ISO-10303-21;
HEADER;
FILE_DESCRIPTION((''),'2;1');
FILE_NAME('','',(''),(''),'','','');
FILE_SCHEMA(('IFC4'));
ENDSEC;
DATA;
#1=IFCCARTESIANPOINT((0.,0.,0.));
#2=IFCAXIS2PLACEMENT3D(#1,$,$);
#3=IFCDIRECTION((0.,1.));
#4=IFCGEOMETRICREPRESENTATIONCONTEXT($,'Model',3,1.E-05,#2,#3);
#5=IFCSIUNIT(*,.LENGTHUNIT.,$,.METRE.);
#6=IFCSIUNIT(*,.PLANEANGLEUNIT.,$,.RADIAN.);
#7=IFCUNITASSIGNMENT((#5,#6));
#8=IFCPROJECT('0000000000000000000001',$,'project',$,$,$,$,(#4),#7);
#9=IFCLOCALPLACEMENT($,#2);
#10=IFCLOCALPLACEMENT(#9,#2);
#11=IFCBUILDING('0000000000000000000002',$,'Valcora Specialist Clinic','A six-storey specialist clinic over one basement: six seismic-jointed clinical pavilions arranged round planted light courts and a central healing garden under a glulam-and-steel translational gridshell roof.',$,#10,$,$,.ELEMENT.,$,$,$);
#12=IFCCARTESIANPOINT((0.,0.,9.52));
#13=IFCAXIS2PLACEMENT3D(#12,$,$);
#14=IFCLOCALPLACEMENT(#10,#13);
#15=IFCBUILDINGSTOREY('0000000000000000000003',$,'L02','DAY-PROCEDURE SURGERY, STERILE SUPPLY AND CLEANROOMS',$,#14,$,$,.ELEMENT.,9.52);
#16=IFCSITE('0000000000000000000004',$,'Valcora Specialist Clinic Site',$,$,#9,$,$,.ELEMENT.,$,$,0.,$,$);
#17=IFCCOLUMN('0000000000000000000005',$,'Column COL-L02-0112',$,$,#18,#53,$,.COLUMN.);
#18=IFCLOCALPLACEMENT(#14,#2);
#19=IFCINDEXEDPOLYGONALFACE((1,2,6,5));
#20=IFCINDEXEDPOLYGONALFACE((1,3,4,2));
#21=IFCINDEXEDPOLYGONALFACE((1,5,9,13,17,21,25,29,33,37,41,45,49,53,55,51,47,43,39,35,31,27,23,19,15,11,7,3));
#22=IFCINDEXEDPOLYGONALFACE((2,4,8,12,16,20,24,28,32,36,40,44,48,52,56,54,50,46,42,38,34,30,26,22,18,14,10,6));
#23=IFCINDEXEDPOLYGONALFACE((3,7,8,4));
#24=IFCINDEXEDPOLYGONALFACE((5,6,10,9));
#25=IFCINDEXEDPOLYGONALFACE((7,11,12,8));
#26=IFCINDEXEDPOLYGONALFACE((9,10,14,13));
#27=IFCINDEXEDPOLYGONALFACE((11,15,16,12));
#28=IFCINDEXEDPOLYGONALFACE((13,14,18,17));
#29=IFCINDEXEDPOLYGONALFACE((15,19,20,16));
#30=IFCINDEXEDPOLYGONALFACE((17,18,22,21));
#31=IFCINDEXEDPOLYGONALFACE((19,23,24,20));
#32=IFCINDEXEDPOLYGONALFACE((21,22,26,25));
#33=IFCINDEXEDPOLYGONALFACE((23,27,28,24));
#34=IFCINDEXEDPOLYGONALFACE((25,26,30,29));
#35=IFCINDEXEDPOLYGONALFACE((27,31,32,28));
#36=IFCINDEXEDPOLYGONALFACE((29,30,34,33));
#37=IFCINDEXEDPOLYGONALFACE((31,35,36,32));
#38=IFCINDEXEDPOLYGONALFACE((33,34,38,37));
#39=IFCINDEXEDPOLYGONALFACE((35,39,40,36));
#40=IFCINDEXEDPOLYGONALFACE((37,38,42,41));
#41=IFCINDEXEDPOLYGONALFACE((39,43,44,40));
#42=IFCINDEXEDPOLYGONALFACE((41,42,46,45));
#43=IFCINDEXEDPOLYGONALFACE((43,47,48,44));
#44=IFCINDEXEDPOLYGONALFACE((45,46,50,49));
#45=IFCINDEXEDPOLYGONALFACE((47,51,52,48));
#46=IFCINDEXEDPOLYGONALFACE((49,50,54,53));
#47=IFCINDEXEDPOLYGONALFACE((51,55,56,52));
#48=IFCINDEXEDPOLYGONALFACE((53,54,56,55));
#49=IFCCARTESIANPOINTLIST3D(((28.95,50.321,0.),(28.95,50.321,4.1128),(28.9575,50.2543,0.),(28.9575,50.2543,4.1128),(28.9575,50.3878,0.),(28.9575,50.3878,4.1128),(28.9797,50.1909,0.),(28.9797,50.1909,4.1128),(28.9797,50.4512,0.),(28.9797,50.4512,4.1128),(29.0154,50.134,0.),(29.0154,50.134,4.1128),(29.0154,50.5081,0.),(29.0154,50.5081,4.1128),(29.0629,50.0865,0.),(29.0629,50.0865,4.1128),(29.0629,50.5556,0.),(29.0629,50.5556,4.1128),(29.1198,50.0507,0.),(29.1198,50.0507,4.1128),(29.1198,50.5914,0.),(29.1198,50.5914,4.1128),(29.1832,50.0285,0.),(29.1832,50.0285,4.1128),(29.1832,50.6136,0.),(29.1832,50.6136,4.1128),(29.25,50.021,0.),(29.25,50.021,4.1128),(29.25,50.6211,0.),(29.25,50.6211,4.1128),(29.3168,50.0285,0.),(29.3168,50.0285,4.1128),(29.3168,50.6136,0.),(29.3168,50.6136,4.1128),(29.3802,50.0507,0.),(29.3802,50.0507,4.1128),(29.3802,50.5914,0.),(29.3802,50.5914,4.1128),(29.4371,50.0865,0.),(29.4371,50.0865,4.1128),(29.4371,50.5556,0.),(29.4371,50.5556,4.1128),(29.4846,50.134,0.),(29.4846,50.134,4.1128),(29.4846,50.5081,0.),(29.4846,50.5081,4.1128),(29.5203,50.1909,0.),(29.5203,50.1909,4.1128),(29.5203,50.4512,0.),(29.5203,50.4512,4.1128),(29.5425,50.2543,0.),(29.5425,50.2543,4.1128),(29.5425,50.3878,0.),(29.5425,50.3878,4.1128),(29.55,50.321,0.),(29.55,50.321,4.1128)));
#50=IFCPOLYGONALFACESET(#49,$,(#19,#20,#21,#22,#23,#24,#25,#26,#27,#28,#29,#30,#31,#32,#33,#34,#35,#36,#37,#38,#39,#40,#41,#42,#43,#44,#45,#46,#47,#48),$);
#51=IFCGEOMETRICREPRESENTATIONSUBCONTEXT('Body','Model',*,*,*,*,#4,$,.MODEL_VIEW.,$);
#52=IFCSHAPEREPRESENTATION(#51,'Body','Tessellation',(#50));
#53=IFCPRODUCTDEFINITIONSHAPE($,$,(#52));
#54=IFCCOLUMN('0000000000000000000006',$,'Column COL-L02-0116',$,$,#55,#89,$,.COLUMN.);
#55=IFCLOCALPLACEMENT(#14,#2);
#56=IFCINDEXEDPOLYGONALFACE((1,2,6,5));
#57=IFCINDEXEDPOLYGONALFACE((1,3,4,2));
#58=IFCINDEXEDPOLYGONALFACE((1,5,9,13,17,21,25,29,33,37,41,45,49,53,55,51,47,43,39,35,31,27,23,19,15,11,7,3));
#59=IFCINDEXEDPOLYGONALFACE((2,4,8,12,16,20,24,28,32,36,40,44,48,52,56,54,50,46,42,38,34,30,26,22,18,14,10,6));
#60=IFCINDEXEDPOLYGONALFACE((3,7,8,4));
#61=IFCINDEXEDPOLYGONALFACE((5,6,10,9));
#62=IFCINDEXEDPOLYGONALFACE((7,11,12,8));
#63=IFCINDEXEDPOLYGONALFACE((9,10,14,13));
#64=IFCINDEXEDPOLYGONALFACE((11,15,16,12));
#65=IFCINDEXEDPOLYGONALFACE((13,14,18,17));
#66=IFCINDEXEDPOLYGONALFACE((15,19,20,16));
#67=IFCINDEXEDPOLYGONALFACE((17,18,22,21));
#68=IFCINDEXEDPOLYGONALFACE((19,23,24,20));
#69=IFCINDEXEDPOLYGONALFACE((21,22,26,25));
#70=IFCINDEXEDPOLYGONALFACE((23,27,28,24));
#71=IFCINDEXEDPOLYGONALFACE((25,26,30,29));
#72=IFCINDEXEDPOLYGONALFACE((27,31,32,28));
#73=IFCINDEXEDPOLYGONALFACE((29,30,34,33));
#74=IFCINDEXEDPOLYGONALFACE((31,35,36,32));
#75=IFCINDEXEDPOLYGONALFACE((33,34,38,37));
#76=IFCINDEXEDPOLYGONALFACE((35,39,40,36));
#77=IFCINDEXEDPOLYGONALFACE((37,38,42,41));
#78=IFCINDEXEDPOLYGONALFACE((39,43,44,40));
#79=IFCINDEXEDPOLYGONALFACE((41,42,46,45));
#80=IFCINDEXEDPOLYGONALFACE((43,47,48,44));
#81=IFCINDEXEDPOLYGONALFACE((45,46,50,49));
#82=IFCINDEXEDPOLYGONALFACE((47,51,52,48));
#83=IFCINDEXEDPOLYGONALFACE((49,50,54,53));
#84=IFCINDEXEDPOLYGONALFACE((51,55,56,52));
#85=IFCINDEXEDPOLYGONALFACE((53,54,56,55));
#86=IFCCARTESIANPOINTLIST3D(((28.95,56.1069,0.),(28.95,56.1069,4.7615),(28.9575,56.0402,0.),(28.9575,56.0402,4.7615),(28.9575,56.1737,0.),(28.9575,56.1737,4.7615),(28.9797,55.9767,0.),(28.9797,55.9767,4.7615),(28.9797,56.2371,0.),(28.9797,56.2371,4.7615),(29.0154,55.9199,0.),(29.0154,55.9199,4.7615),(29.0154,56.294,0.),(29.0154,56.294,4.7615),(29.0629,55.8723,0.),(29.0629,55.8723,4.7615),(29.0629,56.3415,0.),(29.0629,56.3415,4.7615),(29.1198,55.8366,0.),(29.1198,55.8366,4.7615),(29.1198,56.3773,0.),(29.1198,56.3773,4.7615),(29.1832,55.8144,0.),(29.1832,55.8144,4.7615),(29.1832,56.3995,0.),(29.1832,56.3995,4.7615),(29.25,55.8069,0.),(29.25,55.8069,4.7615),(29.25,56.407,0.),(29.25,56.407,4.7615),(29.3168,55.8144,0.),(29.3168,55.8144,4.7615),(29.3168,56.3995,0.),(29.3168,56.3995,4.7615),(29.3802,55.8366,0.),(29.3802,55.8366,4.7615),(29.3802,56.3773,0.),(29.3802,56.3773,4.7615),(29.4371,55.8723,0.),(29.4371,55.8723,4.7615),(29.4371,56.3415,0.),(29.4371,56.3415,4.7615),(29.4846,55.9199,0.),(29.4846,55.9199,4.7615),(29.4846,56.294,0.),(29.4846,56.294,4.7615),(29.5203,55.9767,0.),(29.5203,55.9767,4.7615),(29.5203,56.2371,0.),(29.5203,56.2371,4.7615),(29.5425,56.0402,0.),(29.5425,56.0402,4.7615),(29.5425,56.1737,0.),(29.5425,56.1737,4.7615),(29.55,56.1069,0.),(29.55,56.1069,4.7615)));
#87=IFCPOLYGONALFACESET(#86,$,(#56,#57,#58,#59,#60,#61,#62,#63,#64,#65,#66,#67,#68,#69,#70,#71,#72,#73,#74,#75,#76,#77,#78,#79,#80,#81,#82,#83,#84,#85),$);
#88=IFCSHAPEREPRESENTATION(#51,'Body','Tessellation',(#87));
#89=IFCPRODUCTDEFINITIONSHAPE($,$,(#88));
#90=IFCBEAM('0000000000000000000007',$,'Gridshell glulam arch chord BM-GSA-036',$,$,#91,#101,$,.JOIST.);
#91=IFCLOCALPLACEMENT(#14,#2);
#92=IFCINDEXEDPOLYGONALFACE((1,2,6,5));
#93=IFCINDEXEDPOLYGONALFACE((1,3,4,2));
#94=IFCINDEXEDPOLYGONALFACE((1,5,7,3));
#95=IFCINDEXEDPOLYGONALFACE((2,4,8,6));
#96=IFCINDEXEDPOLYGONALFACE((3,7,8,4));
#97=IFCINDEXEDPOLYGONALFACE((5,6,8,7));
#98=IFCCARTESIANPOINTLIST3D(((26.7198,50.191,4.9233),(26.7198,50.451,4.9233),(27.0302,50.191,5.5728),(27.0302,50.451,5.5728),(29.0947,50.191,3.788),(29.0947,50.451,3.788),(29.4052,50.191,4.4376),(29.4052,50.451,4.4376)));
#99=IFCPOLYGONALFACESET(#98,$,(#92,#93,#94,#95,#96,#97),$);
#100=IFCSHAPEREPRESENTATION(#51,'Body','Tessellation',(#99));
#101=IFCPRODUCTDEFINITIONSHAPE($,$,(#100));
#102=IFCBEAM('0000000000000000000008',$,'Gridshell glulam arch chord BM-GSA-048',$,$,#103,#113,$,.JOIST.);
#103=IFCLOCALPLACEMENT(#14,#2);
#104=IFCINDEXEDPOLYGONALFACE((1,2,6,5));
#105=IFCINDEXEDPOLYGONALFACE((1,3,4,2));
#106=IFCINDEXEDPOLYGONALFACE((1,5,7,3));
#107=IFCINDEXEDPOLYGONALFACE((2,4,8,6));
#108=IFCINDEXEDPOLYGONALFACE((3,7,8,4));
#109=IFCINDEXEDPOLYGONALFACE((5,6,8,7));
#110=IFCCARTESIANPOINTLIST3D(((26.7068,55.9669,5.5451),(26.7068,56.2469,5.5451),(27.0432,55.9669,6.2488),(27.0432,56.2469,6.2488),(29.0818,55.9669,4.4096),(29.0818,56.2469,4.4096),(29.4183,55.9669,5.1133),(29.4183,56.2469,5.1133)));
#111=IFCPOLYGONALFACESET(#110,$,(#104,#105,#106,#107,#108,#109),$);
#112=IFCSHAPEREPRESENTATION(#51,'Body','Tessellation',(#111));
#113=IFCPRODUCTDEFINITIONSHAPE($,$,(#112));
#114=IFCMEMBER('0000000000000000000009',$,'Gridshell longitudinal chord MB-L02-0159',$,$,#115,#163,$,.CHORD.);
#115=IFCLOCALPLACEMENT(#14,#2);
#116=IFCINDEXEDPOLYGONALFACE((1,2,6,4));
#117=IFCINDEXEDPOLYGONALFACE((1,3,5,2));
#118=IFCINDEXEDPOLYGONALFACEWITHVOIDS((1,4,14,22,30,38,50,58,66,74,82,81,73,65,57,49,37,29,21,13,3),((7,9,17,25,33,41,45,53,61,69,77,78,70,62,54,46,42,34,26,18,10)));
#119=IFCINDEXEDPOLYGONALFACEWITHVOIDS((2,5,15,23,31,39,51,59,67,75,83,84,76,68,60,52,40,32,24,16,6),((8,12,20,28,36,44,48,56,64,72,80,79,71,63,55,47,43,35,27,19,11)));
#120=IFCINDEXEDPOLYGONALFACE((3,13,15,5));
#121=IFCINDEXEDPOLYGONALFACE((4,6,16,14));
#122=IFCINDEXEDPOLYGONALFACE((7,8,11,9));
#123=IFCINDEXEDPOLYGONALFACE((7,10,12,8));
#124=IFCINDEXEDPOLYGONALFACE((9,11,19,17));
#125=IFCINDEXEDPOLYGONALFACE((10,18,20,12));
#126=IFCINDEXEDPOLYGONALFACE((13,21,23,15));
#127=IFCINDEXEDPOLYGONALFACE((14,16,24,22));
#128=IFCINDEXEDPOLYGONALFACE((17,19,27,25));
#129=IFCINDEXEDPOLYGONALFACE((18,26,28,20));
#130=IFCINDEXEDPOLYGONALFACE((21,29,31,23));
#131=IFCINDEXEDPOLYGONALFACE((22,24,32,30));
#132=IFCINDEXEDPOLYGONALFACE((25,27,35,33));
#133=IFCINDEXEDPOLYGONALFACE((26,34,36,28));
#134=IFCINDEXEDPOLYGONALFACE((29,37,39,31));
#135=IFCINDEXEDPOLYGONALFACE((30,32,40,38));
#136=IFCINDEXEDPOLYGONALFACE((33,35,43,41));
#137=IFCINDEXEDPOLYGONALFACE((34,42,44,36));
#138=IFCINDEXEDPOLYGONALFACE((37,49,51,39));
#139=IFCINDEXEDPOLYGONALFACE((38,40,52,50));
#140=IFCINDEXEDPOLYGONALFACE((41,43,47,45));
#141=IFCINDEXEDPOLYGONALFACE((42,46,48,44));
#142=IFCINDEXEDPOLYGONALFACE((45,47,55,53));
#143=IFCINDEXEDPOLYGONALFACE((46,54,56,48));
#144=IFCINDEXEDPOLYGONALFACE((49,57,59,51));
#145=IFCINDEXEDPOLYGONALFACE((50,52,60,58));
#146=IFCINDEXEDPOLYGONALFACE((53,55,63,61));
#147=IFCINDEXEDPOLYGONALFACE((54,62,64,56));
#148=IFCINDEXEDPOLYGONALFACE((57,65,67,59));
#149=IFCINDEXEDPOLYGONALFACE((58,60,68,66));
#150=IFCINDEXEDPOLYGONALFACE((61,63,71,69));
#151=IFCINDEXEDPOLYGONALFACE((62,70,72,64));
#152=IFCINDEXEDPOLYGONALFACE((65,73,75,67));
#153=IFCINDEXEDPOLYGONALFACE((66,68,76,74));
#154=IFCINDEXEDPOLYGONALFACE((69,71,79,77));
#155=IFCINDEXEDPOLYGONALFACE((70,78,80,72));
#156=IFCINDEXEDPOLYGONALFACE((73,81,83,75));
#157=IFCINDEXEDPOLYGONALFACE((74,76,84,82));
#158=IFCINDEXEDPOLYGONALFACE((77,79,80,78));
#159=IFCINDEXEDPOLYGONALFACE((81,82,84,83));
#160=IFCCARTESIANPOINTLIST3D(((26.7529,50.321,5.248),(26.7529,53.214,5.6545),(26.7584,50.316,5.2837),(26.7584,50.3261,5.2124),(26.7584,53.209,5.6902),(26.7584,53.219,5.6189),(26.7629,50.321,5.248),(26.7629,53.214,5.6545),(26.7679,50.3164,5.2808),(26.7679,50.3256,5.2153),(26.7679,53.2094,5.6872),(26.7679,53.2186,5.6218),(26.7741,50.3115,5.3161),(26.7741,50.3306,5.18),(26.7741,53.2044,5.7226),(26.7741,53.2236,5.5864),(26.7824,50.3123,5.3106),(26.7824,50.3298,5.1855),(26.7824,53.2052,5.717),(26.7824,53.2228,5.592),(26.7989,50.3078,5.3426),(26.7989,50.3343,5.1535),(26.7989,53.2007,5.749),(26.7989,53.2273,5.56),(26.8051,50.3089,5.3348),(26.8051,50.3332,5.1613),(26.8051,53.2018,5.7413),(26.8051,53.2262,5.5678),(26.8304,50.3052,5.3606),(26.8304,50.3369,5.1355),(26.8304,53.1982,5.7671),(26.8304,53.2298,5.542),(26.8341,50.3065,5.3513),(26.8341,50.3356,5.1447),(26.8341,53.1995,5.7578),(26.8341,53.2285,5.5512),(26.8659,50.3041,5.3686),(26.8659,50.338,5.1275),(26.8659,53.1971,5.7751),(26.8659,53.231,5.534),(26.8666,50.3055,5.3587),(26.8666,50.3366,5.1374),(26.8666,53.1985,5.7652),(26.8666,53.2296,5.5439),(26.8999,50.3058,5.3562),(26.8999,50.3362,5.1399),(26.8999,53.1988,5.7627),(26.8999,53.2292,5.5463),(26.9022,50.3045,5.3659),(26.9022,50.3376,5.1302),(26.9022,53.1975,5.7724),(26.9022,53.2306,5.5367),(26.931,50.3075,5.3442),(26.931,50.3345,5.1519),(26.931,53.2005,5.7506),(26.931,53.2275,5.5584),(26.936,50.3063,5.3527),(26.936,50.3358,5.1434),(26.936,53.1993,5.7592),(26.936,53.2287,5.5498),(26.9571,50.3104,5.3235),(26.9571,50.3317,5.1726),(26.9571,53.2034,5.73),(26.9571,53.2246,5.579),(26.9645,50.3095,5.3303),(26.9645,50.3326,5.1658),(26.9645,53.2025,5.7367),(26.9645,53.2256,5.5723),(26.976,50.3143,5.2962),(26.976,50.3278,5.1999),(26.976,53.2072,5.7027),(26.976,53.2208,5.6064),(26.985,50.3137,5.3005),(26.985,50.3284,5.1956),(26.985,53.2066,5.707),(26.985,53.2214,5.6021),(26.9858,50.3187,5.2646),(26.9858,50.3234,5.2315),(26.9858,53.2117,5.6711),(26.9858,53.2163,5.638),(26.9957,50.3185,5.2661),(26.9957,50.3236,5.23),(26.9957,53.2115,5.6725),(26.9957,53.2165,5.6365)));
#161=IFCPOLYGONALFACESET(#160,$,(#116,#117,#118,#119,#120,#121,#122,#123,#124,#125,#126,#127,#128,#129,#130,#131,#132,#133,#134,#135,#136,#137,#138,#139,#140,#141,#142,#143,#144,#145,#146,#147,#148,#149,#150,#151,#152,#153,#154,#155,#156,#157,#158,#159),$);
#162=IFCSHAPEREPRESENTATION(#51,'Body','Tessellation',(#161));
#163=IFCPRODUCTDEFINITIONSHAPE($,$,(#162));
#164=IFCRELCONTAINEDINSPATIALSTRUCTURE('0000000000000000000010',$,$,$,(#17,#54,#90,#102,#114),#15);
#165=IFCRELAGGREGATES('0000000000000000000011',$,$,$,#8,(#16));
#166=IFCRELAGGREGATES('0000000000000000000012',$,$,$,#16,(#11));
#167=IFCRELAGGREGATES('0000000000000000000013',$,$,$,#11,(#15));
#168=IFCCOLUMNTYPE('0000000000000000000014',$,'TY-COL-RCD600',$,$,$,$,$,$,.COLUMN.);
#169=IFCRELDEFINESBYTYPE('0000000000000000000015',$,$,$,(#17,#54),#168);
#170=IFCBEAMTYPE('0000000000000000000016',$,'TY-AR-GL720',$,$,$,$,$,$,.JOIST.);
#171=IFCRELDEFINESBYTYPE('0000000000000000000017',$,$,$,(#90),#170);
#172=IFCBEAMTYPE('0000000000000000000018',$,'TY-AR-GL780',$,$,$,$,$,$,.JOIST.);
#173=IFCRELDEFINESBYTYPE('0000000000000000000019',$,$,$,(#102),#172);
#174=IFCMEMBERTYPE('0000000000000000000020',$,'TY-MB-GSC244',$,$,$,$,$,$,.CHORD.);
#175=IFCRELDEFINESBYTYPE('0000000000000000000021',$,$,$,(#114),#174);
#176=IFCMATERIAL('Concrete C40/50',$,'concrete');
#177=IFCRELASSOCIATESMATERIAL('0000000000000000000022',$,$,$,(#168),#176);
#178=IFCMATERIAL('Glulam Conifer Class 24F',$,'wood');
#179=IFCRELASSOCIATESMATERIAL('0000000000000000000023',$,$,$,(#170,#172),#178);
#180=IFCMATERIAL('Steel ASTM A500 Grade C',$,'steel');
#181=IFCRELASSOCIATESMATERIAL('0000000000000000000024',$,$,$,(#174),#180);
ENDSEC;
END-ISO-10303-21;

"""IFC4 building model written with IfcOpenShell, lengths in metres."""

from ifc_helpers import new_model, si_unit, direction, frame, origin, origin_2d, place, context, subcontext, project, spatial, rectangle, circle, hollow_circle, extrude, material, material_profile, profile_set, type_object, element, save


model = new_model("IFC4")

# Units and contexts
model_context = context("Model", 3, precision=1e-05, world=origin(), true_north=direction((0.0, 1.0)))
body_context = subcontext(model_context, "Body", "Model", "MODEL_VIEW")
ifc_project = project(units=[si_unit("LENGTHUNIT", "METRE"), si_unit("PLANEANGLEUNIT", "RADIAN")], contexts=[model_context])

# Site, building, storey
site_placement = place(None, origin())
site = spatial("IfcSite", under=ifc_project, at=site_placement, Name="Valcora Specialist Clinic Site", CompositionType="ELEMENT", RefElevation=0.0)
building_placement = place(site_placement, origin())
building = spatial("IfcBuilding", under=site, at=building_placement, Name="Valcora Specialist Clinic", Description="A six-storey specialist clinic over one basement: six seismic-jointed clinical pavilions arranged round planted light courts and a central healing garden under a glulam-and-steel translational gridshell roof.", CompositionType="ELEMENT")
storey_placement = place(building_placement, frame((0.0, 0.0, 9.52)))
storey = spatial("IfcBuildingStorey", under=building, at=storey_placement, Name="L02", Description="DAY-PROCEDURE SURGERY, STERILE SUPPLY AND CLEANROOMS", CompositionType="ELEMENT", Elevation=9.52)

# Columns
ifc_material_1 = material(Name="Concrete C40/50", Category="concrete")
ifc_material_profile_1 = material_profile(ifc_material_1, circle(Radius=0.3, at=origin_2d()), Name="RC-COL-D600")
ifc_profile_set_1 = profile_set([ifc_material_profile_1], Name="Concrete C40/50")
column_type = type_object("IfcColumnType", Name="TY-COL-RCD600", PredefinedType="COLUMN", material=ifc_profile_set_1)
column_1_placement = place(storey_placement, frame((29.25, 50.321, 0.0), z_axis=(0.0, 0.0, 1.0), x_axis=(1.0, 0.0, 0.0)))
element("IfcColumn", 1, at=column_1_placement, inside=storey, type_object=column_type, Name="Column COL-L02-0112", PredefinedType="COLUMN", context=body_context, shape_type="SweptSolid", body=[
    extrude(circle(Radius=0.3, at=origin_2d()), origin(), (0.0, 0.0, 1.0), 4.1128),
])
column_2_placement = place(storey_placement, frame((29.25, 56.1069, 0.0), z_axis=(0.0, 0.0, 1.0), x_axis=(1.0, 0.0, 0.0)))
element("IfcColumn", 2, at=column_2_placement, inside=storey, type_object=column_type, Name="Column COL-L02-0116", PredefinedType="COLUMN", context=body_context, shape_type="SweptSolid", body=[
    extrude(circle(Radius=0.3, at=origin_2d()), origin(), (0.0, 0.0, 1.0), 4.7615),
])

# Beams
ifc_material_2 = material(Name="Glulam Conifer Class 24F", Category="wood")
ifc_material_profile_2 = material_profile(ifc_material_2, rectangle(XDim=0.26, YDim=0.72, at=origin_2d()), Name="GL-ARC-260X720")
ifc_profile_set_2 = profile_set([ifc_material_profile_2], Name="Glulam Conifer Class 24F")
beam_type_1 = type_object("IfcBeamType", Name="TY-AR-GL720", PredefinedType="JOIST", material=ifc_profile_set_2)
beam_1_placement = place(storey_placement, frame((26.875, 50.321, 5.248), z_axis=(0.902225, 0.0, -0.431265), x_axis=(0.0, 1.0, 0.0)))
element("IfcBeam", 3, at=beam_1_placement, inside=storey, type_object=beam_type_1, Name="Gridshell glulam arch chord BM-GSA-036", PredefinedType="JOIST", context=body_context, shape_type="SweptSolid", body=[
    extrude(rectangle(XDim=0.26, YDim=0.72, at=origin_2d()), origin(), (0.0, 0.0, 1.0), 2.6323),
])
ifc_material_profile_3 = material_profile(ifc_material_2, rectangle(XDim=0.28, YDim=0.78, at=origin_2d()), Name="GL-ARC-280X780")
ifc_profile_set_3 = profile_set([ifc_material_profile_3], Name="Glulam Conifer Class 24F")
beam_type_2 = type_object("IfcBeamType", Name="TY-AR-GL780", PredefinedType="JOIST", material=ifc_profile_set_3)
beam_2_placement = place(storey_placement, frame((26.875, 56.1069, 5.897), z_axis=(0.902189, 0.0, -0.431341), x_axis=(0.0, 1.0, 0.0)))
element("IfcBeam", 4, at=beam_2_placement, inside=storey, type_object=beam_type_2, Name="Gridshell glulam arch chord BM-GSA-048", PredefinedType="JOIST", context=body_context, shape_type="SweptSolid", body=[
    extrude(rectangle(XDim=0.28, YDim=0.78, at=origin_2d()), origin(), (0.0, 0.0, 1.0), 2.6326),
])

# Member
ifc_material_3 = material(Name="Steel ASTM A500 Grade C", Category="steel")
ifc_material_profile_4 = material_profile(ifc_material_3, hollow_circle(Radius=0.1221, WallThickness=0.01, at=origin_2d()), Name="ST-CHS-244X10")
ifc_profile_set_4 = profile_set([ifc_material_profile_4], Name="Steel ASTM A500 Grade C")
member_type_1 = type_object("IfcMemberType", Name="TY-MB-GSC244", PredefinedType="CHORD", material=ifc_profile_set_4)
member_1_placement = place(storey_placement, frame((26.875, 50.321, 5.248), z_axis=(0.0, 0.990273, 0.13914), x_axis=(-1.0, 0.0, 0.0)))
element("IfcMember", 5, at=member_1_placement, inside=storey, type_object=member_type_1, Name="Gridshell longitudinal chord MB-L02-0159", PredefinedType="CHORD", context=body_context, shape_type="SweptSolid", body=[
    extrude(hollow_circle(Radius=0.1221, WallThickness=0.01, at=origin_2d()), origin(), (0.0, 0.0, 1.0), 2.9214),
])

save(model, "model.ifc")
